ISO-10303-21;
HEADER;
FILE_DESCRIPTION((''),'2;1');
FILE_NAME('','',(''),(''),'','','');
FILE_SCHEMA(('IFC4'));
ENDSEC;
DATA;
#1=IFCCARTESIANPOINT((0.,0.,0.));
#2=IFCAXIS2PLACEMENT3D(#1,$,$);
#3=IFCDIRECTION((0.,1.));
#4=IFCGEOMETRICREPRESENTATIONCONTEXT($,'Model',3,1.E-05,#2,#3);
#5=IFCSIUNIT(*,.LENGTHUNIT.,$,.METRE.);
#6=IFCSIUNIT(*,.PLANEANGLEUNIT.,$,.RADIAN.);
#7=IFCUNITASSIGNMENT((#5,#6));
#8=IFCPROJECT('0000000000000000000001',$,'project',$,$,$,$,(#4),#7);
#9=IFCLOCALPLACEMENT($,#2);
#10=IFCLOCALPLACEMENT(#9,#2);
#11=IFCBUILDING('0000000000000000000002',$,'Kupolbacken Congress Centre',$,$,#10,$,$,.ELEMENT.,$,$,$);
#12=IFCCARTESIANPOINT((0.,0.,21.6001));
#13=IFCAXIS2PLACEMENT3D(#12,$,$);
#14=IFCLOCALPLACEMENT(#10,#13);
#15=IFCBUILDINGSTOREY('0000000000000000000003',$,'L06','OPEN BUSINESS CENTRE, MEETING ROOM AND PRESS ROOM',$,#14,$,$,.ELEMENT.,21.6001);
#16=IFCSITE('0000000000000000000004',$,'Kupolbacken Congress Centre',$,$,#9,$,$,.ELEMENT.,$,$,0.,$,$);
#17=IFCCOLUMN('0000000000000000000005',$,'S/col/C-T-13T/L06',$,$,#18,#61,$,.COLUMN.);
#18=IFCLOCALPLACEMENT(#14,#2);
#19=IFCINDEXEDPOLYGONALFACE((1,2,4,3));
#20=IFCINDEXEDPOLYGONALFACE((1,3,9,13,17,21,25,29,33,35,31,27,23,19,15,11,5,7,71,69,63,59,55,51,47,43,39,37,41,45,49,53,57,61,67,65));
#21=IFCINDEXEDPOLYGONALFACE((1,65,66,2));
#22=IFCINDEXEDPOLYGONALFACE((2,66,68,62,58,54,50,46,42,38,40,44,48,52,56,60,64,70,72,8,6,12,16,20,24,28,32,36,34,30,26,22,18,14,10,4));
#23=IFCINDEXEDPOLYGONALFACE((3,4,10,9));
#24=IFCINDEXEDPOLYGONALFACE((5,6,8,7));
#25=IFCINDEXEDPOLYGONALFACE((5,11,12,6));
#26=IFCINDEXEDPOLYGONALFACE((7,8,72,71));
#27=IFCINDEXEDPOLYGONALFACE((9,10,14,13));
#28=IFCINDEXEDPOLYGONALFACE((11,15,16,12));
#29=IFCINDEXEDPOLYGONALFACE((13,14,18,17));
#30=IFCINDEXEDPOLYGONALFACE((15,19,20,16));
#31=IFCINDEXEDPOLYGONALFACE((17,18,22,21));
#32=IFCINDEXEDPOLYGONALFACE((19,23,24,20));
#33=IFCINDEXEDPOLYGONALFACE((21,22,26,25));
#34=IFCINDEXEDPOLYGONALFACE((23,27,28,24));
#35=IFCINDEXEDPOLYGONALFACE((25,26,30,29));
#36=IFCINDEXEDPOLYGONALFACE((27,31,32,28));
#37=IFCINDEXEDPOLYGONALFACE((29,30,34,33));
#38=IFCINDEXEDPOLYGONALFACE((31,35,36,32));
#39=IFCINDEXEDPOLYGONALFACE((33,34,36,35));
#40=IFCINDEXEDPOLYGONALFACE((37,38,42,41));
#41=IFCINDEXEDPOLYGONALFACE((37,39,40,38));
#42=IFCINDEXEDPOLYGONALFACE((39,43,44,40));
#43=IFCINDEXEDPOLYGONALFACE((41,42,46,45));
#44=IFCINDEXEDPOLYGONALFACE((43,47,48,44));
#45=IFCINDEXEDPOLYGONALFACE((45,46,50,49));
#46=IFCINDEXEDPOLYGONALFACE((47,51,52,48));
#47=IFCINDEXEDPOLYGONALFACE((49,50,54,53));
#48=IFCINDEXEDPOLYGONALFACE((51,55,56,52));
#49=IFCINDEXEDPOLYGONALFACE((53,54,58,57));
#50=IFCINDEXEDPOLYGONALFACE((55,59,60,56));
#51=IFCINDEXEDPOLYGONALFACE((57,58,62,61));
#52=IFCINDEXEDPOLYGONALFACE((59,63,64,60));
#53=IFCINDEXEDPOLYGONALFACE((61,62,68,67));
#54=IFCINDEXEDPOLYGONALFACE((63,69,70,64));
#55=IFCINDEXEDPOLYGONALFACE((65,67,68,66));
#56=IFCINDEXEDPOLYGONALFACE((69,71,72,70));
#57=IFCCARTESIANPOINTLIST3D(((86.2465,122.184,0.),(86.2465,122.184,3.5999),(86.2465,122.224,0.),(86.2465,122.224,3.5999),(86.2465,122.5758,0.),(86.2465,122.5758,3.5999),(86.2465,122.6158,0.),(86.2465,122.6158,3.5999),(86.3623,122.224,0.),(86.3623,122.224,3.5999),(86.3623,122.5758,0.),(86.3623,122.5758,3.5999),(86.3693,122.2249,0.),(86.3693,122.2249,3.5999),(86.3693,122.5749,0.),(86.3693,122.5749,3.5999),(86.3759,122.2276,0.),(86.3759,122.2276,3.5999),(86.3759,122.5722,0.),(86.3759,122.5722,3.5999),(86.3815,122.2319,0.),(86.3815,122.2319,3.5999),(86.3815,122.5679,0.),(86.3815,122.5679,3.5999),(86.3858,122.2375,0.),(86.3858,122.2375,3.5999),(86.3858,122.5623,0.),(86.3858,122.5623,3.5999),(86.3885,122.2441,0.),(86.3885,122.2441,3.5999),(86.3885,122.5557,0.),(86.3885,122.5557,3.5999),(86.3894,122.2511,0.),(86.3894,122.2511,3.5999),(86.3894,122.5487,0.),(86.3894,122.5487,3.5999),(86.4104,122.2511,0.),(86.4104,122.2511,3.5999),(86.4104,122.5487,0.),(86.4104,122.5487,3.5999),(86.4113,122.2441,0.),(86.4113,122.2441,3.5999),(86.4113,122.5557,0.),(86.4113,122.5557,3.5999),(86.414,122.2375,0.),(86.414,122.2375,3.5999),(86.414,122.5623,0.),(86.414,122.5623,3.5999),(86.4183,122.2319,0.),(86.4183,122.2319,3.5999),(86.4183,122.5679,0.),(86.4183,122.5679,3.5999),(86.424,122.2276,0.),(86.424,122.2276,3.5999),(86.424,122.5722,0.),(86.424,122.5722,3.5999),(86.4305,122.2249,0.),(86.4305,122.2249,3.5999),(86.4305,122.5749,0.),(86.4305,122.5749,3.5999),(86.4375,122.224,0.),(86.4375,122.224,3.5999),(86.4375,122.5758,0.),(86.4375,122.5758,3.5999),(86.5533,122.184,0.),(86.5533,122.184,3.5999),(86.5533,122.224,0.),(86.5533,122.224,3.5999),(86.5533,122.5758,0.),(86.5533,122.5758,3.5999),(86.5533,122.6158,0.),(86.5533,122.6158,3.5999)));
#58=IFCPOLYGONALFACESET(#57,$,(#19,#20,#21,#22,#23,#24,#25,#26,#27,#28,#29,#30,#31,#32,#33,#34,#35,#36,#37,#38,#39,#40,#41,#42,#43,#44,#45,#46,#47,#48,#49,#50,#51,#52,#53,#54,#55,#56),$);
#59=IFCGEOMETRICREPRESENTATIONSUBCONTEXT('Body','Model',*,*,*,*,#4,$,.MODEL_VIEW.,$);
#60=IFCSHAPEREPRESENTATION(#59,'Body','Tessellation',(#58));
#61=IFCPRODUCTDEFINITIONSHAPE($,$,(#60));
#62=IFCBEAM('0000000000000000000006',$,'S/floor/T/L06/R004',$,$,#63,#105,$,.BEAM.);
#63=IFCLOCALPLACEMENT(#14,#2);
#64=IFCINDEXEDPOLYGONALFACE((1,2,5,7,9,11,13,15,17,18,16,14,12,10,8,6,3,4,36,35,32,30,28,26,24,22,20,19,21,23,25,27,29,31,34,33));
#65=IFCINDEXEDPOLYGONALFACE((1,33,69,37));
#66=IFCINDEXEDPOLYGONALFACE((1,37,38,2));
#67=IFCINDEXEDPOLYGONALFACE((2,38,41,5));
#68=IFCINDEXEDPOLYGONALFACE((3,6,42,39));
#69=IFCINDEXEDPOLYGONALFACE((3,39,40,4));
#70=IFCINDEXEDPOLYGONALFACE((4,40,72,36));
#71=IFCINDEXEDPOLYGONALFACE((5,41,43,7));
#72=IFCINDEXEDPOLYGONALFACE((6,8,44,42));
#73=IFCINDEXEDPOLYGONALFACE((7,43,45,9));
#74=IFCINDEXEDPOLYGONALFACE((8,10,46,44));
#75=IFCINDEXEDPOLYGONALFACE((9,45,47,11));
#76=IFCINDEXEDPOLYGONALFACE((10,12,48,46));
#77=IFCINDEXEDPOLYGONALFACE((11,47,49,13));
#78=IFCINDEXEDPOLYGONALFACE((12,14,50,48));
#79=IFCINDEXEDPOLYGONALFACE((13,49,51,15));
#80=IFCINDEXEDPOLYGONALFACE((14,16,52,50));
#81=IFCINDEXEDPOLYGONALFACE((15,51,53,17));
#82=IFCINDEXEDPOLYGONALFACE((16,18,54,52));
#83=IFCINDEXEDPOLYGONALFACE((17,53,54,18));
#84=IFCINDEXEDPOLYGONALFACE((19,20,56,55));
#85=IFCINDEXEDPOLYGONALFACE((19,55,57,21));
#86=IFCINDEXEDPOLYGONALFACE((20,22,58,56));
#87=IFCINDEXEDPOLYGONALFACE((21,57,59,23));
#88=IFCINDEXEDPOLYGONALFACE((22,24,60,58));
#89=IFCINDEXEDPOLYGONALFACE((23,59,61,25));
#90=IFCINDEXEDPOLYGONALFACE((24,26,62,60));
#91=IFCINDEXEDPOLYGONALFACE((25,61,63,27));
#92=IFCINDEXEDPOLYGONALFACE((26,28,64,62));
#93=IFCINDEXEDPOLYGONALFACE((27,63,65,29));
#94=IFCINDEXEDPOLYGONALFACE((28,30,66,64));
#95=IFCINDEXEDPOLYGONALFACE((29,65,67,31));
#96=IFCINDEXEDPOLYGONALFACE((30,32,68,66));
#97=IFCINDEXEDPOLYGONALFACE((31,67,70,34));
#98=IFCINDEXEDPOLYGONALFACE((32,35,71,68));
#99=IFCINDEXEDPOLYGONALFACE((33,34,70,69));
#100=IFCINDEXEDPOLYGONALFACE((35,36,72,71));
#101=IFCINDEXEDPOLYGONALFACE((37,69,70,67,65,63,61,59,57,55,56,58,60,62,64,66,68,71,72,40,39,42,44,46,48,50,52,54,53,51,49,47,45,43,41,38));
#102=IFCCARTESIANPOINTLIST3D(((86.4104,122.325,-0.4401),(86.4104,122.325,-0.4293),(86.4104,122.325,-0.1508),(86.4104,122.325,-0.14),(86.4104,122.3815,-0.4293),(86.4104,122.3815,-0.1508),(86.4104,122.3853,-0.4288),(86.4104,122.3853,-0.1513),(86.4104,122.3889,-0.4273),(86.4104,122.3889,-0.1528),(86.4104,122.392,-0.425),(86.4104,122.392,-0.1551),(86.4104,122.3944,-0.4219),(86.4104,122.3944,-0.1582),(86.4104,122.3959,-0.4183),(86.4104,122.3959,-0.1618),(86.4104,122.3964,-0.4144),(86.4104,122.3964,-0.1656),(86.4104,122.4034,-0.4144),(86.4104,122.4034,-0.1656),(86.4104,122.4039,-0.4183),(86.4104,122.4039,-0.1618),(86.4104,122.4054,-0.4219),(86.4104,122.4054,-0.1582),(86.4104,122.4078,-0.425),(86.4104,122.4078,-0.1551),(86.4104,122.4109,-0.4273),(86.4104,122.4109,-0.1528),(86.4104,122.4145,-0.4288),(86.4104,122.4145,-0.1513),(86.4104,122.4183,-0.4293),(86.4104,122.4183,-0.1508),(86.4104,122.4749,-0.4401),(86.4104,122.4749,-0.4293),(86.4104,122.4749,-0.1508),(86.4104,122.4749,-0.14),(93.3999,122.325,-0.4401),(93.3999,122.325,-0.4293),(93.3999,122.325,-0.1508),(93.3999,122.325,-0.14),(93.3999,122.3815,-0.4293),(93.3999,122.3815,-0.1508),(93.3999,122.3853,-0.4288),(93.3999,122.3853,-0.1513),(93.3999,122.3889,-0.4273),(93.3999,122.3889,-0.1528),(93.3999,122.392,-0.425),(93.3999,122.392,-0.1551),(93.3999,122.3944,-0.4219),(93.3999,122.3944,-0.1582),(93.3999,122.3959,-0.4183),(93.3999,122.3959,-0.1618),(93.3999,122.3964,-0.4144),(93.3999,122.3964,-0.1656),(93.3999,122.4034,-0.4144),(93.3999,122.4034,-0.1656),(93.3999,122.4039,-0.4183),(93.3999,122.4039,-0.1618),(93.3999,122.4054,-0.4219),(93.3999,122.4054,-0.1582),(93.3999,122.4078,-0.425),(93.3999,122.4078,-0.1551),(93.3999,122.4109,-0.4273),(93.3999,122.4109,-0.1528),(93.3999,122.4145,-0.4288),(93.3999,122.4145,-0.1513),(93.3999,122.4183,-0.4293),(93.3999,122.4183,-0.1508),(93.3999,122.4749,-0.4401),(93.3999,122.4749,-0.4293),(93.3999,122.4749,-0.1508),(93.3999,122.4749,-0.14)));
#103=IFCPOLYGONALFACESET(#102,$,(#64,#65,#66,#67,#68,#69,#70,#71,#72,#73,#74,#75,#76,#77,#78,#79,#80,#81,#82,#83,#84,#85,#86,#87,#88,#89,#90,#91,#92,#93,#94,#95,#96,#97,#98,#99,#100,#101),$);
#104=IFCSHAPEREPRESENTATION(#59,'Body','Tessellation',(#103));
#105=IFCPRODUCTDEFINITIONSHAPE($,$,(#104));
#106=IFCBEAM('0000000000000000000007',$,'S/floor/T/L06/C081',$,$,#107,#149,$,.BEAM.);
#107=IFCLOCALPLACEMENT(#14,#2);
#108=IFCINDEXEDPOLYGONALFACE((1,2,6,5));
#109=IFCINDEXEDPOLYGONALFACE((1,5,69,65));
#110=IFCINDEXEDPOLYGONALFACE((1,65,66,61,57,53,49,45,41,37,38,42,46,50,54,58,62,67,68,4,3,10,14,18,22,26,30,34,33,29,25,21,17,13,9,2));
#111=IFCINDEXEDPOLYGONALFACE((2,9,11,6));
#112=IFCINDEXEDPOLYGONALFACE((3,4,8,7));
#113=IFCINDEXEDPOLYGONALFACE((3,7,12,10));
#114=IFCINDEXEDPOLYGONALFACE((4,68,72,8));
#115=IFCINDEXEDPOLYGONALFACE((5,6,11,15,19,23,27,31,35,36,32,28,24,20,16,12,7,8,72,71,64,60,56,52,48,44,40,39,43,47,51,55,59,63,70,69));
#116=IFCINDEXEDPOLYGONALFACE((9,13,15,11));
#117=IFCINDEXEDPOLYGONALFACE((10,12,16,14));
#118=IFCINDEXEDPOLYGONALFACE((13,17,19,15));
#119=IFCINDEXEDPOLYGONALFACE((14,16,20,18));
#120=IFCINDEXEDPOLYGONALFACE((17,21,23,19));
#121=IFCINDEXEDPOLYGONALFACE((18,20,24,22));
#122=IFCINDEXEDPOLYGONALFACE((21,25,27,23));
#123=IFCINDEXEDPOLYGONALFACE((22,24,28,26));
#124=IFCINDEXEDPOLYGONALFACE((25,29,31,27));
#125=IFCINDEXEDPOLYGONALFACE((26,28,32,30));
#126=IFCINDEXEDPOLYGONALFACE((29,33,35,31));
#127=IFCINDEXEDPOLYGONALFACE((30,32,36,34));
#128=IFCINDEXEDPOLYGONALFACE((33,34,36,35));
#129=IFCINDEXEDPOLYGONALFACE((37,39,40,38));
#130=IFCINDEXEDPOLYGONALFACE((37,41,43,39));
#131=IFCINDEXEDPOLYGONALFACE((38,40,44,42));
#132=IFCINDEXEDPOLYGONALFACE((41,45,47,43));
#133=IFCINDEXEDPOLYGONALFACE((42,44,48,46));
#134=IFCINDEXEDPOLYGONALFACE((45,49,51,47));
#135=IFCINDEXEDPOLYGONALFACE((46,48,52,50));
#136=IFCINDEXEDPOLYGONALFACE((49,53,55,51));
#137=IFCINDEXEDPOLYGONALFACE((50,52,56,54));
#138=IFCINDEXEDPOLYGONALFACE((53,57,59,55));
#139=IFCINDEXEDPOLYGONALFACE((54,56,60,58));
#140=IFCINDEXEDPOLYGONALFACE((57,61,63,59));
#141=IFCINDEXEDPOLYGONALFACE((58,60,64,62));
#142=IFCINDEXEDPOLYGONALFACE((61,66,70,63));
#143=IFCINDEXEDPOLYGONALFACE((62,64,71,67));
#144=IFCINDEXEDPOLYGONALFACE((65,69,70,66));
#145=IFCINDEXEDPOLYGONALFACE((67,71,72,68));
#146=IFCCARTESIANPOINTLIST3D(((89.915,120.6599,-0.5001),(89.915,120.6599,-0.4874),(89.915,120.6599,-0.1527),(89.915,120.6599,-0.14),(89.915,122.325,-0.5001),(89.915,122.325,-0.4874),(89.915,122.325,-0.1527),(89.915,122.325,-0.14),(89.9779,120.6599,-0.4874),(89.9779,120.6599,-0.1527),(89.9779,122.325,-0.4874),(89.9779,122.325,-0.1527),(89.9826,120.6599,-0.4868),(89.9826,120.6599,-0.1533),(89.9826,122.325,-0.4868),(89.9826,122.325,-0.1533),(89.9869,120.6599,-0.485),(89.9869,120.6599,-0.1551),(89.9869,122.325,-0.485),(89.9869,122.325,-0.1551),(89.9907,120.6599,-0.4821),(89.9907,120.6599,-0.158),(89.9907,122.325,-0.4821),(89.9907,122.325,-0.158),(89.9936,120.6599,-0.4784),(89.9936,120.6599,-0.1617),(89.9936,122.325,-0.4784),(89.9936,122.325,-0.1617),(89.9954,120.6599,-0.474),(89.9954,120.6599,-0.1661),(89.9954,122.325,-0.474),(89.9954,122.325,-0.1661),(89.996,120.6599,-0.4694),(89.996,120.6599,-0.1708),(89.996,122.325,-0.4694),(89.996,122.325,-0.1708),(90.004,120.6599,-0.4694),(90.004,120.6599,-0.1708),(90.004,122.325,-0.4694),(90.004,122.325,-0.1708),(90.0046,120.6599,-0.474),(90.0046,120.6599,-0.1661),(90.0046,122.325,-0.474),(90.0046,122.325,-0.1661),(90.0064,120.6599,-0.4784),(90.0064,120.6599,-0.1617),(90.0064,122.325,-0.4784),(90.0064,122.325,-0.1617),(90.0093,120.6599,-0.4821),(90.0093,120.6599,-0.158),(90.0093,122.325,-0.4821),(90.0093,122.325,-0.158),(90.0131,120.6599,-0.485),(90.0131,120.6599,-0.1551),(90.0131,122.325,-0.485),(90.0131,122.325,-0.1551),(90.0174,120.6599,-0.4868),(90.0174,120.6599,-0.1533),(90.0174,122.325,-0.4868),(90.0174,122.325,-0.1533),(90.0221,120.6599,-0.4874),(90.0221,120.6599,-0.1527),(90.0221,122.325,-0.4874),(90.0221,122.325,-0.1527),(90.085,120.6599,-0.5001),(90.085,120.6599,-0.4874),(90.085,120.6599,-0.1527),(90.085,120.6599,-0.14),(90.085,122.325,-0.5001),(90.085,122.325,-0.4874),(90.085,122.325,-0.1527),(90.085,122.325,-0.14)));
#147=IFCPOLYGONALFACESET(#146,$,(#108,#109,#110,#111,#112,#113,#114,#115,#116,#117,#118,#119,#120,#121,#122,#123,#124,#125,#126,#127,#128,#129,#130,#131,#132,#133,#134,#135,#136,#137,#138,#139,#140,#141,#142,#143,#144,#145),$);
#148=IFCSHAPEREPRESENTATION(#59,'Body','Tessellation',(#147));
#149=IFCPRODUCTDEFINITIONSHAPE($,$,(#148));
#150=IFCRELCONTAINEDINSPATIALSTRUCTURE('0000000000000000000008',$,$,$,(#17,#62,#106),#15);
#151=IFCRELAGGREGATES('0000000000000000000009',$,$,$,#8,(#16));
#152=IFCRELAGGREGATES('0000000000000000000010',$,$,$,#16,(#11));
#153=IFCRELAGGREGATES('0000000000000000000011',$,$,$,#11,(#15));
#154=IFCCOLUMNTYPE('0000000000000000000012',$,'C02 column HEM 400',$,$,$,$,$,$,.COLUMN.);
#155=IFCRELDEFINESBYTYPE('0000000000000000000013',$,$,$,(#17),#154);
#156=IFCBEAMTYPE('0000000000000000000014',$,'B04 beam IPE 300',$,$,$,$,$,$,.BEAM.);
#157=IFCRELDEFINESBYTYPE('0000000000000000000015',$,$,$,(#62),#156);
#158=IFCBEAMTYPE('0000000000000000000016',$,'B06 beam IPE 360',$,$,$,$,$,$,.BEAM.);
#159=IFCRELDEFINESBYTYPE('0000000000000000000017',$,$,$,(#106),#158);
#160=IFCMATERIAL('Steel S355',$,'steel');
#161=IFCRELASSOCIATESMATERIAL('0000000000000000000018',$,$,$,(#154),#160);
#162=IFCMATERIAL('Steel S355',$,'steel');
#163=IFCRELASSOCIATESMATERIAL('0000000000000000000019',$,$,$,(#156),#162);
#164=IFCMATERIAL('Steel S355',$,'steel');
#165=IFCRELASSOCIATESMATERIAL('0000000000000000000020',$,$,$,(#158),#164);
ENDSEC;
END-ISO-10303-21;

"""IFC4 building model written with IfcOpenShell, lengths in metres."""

from ifc_helpers import new_model, si_unit, direction, frame, origin, origin_2d, place, context, subcontext, project, spatial, i_section, extrude, material, material_profile, profile_set, type_object, element, save


model = new_model("IFC4")

# Units and contexts
model_context = context("Model", 3, precision=1e-05, world=origin(), true_north=direction((0.0, 1.0)))
body_context = subcontext(model_context, "Body", "Model", "MODEL_VIEW")
ifc_project = project(units=[si_unit("LENGTHUNIT", "METRE"), si_unit("PLANEANGLEUNIT", "RADIAN")], contexts=[model_context])

# Site, building, storey
site_placement = place(None, origin())
site = spatial("IfcSite", under=ifc_project, at=site_placement, Name="Kupolbacken Congress Centre", CompositionType="ELEMENT", RefElevation=0.0)
building_placement = place(site_placement, origin())
building = spatial("IfcBuilding", under=site, at=building_placement, Name="Kupolbacken Congress Centre", CompositionType="ELEMENT")
storey_placement = place(building_placement, frame((0.0, 0.0, 21.6001)))
storey = spatial("IfcBuildingStorey", under=building, at=storey_placement, Name="L06", Description="OPEN BUSINESS CENTRE, MEETING ROOM AND PRESS ROOM", CompositionType="ELEMENT", Elevation=21.6001)

# Column
ifc_material_1 = material(Name="Steel S355", Category="steel")
ifc_material_profile_1 = material_profile(ifc_material_1, i_section(OverallWidth=0.3069, OverallDepth=0.4319, WebThickness=0.021, FlangeThickness=0.04, FilletRadius=0.0271, at=origin_2d()), Name="HEM 400")
ifc_profile_set_1 = profile_set([ifc_material_profile_1], Name="Steel S355")
column_type = type_object("IfcColumnType", Name="C02 column HEM 400", PredefinedType="COLUMN", material=ifc_profile_set_1)
column_placement = place(storey_placement, frame((86.3999, 122.3999, 0.0), z_axis=(0.0, 0.0, 1.0), x_axis=(1.0, 0.0, 0.0)))
element("IfcColumn", 1, at=column_placement, inside=storey, type_object=column_type, Name="S/col/C-T-13T/L06", PredefinedType="COLUMN", context=body_context, shape_type="SweptSolid", body=[
    extrude(i_section(OverallWidth=0.3069, OverallDepth=0.4319, WebThickness=0.021, FlangeThickness=0.04, FilletRadius=0.0271, at=origin_2d()), origin(), (0.0, 0.0, 1.0), 3.5999),
])

# Beams
ifc_material_2 = material(Name="Steel S355", Category="steel")
ifc_material_profile_2 = material_profile(ifc_material_2, i_section(OverallWidth=0.1499, OverallDepth=0.3, WebThickness=0.0071, FlangeThickness=0.0107, FilletRadius=0.0149, at=origin_2d()), Name="IPE 300")
ifc_profile_set_2 = profile_set([ifc_material_profile_2], Name="Steel S355")
beam_type_1 = type_object("IfcBeamType", Name="B04 beam IPE 300", PredefinedType="BEAM", material=ifc_profile_set_2)
beam_1_placement = place(storey_placement, frame((86.4104, 122.3999, -0.29), z_axis=(1.0, 0.0, 0.0), x_axis=(0.0, 1.0, 0.0)))
element("IfcBeam", 2, at=beam_1_placement, inside=storey, type_object=beam_type_1, Name="S/floor/T/L06/R004", PredefinedType="BEAM", context=body_context, shape_type="SweptSolid", body=[
    extrude(i_section(OverallWidth=0.1499, OverallDepth=0.3, WebThickness=0.0071, FlangeThickness=0.0107, FilletRadius=0.0149, at=origin_2d()), origin(), (0.0, 0.0, 1.0), 6.9895),
])
ifc_material_3 = material(Name="Steel S355", Category="steel")
ifc_material_profile_3 = material_profile(ifc_material_3, i_section(OverallWidth=0.1699, OverallDepth=0.3601, WebThickness=0.0081, FlangeThickness=0.0127, FilletRadius=0.0181, at=origin_2d()), Name="IPE 360")
ifc_profile_set_3 = profile_set([ifc_material_profile_3], Name="Steel S355")
beam_type_2 = type_object("IfcBeamType", Name="B06 beam IPE 360", PredefinedType="BEAM", material=ifc_profile_set_3)
beam_2_placement = place(storey_placement, frame((90.0, 122.325, -0.3201), z_axis=(0.0, -1.0, 0.0), x_axis=(1.0, 0.0, 0.0)))
element("IfcBeam", 3, at=beam_2_placement, inside=storey, type_object=beam_type_2, Name="S/floor/T/L06/C081", PredefinedType="BEAM", context=body_context, shape_type="SweptSolid", body=[
    extrude(i_section(OverallWidth=0.1699, OverallDepth=0.3601, WebThickness=0.0081, FlangeThickness=0.0127, FilletRadius=0.0181, at=origin_2d()), origin(), (0.0, 0.0, 1.0), 1.665),
])

save(model, "model.ifc")
